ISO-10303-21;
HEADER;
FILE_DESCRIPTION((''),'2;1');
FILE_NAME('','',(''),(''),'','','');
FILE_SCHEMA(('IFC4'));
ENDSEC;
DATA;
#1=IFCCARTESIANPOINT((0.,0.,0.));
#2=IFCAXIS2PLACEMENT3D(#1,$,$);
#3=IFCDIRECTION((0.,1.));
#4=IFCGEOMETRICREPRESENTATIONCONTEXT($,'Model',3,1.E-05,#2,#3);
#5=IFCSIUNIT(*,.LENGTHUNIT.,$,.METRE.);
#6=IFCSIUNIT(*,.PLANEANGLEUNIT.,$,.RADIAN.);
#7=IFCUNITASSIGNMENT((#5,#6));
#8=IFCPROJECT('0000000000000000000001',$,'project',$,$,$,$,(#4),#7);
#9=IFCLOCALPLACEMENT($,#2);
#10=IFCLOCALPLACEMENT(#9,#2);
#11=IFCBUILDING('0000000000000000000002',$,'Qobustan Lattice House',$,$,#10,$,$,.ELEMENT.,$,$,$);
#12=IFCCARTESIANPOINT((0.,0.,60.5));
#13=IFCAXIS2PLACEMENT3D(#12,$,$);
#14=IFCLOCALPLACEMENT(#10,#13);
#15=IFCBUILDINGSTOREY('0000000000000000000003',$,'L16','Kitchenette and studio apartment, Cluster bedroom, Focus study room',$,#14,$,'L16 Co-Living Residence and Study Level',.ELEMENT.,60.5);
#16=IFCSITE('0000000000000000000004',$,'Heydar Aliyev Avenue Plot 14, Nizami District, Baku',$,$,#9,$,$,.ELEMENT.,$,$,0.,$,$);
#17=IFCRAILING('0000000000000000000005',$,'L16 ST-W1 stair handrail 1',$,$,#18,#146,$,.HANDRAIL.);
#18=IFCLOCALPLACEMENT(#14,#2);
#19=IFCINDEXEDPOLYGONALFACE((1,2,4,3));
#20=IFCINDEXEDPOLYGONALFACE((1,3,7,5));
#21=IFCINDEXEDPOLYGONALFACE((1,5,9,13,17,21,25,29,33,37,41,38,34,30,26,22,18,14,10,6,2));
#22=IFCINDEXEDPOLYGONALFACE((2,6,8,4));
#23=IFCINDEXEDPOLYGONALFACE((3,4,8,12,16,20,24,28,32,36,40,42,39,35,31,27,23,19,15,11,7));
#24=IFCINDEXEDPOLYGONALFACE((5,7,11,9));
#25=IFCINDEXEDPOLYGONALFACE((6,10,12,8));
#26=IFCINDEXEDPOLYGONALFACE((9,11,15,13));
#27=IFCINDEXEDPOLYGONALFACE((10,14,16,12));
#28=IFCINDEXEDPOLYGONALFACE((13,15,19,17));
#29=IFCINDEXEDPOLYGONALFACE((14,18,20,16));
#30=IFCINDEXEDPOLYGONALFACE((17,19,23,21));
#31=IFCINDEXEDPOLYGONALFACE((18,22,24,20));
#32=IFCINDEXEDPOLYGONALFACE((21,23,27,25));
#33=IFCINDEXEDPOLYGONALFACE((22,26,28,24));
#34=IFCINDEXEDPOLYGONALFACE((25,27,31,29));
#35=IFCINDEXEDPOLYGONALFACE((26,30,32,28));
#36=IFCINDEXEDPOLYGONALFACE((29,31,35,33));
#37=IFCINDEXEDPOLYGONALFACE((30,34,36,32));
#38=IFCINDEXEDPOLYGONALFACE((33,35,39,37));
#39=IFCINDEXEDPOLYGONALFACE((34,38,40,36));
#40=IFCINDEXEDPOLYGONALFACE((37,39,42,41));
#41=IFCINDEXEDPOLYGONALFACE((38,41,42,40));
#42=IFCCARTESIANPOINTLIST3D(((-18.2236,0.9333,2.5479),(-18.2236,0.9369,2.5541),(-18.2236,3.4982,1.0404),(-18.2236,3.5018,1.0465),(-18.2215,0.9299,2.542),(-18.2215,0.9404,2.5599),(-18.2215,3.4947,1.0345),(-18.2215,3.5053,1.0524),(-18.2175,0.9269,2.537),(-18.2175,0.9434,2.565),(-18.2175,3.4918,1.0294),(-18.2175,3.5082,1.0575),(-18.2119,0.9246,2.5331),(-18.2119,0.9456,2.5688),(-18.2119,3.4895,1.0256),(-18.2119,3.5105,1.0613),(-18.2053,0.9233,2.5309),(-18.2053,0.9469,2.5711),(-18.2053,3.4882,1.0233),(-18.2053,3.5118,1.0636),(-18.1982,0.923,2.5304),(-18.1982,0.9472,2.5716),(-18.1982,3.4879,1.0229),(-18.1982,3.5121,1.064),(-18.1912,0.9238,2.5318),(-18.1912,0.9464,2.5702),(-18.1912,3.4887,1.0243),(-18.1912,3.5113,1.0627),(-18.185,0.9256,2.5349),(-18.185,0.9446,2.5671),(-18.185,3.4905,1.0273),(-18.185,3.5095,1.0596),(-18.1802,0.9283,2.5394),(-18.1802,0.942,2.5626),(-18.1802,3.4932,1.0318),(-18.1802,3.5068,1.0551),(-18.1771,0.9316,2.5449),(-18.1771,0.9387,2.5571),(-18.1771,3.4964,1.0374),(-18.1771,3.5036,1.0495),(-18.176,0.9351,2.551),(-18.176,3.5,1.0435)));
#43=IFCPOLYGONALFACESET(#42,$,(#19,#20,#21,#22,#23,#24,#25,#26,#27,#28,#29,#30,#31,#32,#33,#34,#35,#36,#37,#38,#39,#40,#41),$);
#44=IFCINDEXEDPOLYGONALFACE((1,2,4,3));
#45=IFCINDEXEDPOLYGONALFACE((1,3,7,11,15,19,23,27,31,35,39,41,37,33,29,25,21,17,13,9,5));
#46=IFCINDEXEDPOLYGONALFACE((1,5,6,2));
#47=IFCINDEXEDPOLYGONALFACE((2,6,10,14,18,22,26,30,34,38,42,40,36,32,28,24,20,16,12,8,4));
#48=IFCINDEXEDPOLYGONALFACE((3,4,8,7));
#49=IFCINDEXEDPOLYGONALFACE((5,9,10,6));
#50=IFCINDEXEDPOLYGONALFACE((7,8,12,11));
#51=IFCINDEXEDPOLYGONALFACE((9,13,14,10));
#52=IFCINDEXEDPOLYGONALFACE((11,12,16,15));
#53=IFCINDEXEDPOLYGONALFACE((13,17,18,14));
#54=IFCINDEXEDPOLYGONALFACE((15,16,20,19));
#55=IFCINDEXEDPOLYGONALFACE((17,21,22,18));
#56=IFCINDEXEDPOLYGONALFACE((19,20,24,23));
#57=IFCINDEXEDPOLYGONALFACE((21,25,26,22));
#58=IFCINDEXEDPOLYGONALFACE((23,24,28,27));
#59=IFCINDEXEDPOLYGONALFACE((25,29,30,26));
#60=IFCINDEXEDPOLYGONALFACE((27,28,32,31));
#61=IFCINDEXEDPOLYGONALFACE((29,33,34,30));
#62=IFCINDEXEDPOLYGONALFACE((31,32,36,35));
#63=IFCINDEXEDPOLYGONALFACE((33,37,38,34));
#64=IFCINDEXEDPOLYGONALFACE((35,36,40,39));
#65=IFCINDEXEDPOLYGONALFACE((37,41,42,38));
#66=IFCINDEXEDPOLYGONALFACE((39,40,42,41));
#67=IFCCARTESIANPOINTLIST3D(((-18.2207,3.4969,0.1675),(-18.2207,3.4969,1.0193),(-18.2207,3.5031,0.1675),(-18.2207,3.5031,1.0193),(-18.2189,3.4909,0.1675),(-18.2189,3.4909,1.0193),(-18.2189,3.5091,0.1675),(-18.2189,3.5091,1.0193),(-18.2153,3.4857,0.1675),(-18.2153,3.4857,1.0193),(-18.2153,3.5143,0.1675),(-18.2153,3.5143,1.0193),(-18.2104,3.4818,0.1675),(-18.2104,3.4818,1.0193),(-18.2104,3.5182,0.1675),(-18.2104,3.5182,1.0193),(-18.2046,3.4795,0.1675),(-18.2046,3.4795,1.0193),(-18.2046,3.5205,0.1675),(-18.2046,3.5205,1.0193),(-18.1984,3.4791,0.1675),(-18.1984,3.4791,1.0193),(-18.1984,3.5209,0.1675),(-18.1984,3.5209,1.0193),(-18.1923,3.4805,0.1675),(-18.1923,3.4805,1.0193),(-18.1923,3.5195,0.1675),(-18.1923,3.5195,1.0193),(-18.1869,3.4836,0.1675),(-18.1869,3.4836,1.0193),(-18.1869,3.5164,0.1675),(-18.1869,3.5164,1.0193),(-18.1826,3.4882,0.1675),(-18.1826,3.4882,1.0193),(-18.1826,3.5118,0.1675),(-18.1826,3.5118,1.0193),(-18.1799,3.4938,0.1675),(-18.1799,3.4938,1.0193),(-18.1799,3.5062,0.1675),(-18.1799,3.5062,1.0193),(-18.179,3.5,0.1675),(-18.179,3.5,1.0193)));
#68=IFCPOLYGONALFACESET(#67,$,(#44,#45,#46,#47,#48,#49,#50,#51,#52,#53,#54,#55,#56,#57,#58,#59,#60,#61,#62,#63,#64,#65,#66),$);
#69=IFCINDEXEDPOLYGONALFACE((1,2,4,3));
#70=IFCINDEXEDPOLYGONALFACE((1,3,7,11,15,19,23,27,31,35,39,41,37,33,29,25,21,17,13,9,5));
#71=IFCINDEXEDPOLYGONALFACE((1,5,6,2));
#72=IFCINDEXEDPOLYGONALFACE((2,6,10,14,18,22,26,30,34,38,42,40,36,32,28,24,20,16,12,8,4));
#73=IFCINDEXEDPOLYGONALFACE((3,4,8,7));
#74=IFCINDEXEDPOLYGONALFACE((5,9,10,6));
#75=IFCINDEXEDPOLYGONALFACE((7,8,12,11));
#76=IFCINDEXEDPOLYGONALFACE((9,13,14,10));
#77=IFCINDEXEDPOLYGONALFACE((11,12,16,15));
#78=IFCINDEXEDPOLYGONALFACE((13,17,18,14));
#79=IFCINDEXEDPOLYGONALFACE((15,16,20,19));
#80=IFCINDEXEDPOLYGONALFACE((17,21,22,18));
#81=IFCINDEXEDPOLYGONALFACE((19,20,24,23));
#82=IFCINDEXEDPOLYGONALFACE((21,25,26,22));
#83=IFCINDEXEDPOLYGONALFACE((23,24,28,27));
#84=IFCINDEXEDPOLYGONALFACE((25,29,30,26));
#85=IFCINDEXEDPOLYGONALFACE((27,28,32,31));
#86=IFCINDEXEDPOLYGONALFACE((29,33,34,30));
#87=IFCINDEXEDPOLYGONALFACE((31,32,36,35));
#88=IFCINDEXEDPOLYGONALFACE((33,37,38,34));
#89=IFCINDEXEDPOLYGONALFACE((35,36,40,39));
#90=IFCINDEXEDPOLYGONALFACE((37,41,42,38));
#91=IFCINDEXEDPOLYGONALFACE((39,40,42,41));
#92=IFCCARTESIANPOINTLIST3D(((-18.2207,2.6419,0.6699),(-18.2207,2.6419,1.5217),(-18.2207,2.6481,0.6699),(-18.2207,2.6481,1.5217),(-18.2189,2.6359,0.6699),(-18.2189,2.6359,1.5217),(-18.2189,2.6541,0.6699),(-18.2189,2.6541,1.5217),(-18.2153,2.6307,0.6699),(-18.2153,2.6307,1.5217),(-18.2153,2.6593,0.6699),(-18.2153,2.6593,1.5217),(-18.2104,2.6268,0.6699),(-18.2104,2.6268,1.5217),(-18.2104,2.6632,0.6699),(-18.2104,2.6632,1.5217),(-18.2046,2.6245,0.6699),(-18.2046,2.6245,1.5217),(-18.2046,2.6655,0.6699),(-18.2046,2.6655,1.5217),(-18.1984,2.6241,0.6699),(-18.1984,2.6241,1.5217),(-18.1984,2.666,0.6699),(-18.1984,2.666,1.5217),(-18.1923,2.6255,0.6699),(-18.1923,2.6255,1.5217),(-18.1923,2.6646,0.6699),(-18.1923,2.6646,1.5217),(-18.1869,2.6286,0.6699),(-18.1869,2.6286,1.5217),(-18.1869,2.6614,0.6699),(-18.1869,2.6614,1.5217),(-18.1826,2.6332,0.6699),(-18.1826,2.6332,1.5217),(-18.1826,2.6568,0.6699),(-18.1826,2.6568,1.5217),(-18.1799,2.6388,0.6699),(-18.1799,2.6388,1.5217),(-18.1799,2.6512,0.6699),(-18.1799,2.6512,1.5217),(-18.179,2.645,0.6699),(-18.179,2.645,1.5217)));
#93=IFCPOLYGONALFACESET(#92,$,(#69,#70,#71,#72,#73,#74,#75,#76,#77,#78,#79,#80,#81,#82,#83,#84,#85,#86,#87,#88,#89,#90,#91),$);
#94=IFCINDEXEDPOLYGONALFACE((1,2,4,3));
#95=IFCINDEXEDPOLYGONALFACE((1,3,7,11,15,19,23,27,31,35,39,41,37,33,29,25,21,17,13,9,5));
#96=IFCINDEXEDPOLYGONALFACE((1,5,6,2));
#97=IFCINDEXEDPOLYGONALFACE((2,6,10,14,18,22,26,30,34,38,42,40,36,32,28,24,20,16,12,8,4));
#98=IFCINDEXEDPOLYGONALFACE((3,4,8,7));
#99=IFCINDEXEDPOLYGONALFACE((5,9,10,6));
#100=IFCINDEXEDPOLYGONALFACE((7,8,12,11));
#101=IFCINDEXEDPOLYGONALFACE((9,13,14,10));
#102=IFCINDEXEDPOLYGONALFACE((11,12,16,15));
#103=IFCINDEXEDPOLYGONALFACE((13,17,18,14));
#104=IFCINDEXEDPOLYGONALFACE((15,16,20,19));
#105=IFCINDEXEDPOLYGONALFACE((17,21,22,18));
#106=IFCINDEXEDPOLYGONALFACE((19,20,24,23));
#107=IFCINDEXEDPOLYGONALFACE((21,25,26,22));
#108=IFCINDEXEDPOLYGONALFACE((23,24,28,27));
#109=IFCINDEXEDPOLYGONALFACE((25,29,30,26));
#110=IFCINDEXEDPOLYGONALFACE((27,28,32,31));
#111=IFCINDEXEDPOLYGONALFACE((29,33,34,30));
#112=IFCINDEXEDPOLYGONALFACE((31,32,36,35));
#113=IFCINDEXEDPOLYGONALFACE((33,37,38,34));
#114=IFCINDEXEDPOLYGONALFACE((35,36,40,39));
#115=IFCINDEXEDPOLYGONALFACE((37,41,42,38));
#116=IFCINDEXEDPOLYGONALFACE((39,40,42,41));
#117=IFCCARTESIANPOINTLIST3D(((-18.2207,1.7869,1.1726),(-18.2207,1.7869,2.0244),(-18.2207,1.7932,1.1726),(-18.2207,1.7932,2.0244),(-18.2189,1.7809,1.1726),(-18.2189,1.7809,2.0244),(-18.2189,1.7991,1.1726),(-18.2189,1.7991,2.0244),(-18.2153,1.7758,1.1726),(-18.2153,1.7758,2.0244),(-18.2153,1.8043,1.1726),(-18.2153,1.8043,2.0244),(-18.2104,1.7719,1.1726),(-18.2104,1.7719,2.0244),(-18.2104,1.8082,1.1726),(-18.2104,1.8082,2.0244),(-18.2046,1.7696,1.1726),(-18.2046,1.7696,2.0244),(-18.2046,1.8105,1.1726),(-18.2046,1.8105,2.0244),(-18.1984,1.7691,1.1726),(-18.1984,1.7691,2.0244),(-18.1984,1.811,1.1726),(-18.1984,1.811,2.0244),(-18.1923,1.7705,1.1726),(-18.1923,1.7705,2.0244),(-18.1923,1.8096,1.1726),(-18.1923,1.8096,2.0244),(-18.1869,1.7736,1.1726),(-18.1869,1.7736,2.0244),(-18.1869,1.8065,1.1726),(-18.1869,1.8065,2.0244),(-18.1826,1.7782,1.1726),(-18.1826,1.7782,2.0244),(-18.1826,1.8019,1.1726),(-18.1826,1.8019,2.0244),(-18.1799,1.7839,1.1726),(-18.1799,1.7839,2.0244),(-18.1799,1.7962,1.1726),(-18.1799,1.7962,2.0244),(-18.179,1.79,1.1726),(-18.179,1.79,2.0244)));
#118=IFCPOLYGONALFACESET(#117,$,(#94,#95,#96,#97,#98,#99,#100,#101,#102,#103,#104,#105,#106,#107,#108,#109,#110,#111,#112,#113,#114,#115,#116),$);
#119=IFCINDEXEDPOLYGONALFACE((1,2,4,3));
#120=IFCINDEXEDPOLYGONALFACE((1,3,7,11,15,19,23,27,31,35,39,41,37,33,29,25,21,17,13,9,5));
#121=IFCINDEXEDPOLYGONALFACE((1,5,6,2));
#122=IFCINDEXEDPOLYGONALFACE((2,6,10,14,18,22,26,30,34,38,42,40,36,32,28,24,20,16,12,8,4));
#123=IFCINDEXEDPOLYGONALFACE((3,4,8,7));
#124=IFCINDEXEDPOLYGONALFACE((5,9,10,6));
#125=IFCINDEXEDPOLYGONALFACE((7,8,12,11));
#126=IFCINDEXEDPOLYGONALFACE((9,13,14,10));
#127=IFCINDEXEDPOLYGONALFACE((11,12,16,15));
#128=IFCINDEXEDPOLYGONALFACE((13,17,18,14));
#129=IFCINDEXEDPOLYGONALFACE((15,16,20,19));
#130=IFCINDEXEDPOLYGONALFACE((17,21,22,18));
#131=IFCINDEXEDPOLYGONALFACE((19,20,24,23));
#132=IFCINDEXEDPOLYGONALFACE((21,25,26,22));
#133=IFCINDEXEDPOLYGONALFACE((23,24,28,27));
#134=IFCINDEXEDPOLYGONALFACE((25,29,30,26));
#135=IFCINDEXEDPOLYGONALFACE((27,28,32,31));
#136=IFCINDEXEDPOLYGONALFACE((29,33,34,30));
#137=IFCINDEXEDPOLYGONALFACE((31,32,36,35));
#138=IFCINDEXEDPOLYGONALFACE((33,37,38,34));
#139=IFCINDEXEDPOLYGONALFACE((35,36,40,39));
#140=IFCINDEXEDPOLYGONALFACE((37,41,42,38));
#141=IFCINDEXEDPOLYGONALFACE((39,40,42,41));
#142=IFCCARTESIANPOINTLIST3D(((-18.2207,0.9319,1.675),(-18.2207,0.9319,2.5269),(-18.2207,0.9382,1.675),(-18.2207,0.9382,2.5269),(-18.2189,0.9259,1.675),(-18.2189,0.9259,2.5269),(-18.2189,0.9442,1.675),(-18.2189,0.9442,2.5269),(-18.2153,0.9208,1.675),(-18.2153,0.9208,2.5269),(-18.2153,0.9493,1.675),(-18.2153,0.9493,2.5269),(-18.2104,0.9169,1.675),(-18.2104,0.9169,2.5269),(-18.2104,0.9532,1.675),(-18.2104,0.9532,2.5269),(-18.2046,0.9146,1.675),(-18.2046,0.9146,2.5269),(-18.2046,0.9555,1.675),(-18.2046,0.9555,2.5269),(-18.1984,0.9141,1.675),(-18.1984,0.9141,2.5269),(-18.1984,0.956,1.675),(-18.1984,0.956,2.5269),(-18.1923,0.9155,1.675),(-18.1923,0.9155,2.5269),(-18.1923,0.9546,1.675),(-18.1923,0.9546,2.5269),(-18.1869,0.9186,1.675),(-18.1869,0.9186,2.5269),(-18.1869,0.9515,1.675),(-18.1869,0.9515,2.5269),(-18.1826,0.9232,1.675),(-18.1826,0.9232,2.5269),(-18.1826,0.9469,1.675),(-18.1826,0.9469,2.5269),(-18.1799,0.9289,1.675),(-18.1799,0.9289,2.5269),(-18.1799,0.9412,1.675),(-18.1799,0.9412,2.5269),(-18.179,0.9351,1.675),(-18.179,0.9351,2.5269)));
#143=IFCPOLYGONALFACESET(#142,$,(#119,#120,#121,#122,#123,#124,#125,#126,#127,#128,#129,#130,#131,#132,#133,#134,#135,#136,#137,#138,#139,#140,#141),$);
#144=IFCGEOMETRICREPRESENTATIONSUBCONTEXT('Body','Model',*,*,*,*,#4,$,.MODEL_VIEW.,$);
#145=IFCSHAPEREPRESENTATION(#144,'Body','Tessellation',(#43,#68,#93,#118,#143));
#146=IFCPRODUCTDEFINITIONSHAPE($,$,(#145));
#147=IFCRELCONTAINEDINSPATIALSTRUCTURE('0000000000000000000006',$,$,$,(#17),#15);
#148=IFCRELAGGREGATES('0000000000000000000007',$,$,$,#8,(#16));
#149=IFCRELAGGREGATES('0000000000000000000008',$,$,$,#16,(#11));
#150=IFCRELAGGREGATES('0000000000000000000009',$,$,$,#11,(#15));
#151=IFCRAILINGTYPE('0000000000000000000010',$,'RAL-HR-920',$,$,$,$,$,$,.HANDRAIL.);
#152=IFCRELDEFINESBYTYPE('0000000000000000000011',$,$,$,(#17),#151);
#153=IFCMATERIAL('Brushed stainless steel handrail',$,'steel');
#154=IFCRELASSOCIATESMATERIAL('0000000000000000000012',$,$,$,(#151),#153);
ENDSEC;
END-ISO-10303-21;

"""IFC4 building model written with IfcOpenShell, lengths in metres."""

from ifc_helpers import new_model, si_unit, direction, frame, origin, origin_2d, place, context, subcontext, project, spatial, circle, extrude, material, type_object, element, save


model = new_model("IFC4")

# Units and contexts
model_context = context("Model", 3, precision=1e-05, world=origin(), true_north=direction((0.0, 1.0)))
body_context = subcontext(model_context, "Body", "Model", "MODEL_VIEW")
ifc_project = project(units=[si_unit("LENGTHUNIT", "METRE"), si_unit("PLANEANGLEUNIT", "RADIAN")], contexts=[model_context])

# Site, building, storey
site_placement = place(None, origin())
site = spatial("IfcSite", under=ifc_project, at=site_placement, Name="Heydar Aliyev Avenue Plot 14, Nizami District, Baku", CompositionType="ELEMENT", RefElevation=0.0)
building_placement = place(site_placement, origin())
building = spatial("IfcBuilding", under=site, at=building_placement, Name="Qobustan Lattice House", CompositionType="ELEMENT")
storey_placement = place(building_placement, frame((0.0, 0.0, 60.5)))
storey = spatial("IfcBuildingStorey", under=building, at=storey_placement, Name="L16", Description="Kitchenette and studio apartment, Cluster bedroom, Focus study room", LongName="L16 Co-Living Residence and Study Level", CompositionType="ELEMENT", Elevation=60.5)

# Railing
ifc_material_1 = material(Name="Brushed stainless steel handrail", Category="steel")
railing_type_1 = type_object("IfcRailingType", Name="RAL-HR-920", PredefinedType="HANDRAIL", material=ifc_material_1)
railing_1_placement = place(storey_placement, frame((-18.2, 3.5, 0.1675)))
element("IfcRailing", 1, at=railing_1_placement, inside=storey, type_object=railing_type_1, Name="L16 ST-W1 stair handrail 1", PredefinedType="HANDRAIL", context=body_context, shape_type="SweptSolid", body=[
    extrude(circle(Radius=0.0239, at=origin_2d()), frame((0.0, 0.0, 0.876), z_axis=(0.0, -0.862113, 0.506715), x_axis=(1.0, 0.0, 0.0)), (0.0, 0.0, 1.0), 2.9751),
    extrude(circle(Radius=0.021, at=origin_2d()), origin(), (0.0, 0.0, 1.0), 0.8518),
    extrude(circle(Radius=0.021, at=origin_2d()), frame((0.0, -0.855, 0.5024)), (0.0, 0.0, 1.0), 0.8518),
    extrude(circle(Radius=0.021, at=origin_2d()), frame((0.0, -1.71, 1.0051)), (0.0, 0.0, 1.0), 0.8518),
    extrude(circle(Radius=0.021, at=origin_2d()), frame((0.0, -2.5649, 1.5076)), (0.0, 0.0, 1.0), 0.8518),
])

save(model, "model.ifc")
